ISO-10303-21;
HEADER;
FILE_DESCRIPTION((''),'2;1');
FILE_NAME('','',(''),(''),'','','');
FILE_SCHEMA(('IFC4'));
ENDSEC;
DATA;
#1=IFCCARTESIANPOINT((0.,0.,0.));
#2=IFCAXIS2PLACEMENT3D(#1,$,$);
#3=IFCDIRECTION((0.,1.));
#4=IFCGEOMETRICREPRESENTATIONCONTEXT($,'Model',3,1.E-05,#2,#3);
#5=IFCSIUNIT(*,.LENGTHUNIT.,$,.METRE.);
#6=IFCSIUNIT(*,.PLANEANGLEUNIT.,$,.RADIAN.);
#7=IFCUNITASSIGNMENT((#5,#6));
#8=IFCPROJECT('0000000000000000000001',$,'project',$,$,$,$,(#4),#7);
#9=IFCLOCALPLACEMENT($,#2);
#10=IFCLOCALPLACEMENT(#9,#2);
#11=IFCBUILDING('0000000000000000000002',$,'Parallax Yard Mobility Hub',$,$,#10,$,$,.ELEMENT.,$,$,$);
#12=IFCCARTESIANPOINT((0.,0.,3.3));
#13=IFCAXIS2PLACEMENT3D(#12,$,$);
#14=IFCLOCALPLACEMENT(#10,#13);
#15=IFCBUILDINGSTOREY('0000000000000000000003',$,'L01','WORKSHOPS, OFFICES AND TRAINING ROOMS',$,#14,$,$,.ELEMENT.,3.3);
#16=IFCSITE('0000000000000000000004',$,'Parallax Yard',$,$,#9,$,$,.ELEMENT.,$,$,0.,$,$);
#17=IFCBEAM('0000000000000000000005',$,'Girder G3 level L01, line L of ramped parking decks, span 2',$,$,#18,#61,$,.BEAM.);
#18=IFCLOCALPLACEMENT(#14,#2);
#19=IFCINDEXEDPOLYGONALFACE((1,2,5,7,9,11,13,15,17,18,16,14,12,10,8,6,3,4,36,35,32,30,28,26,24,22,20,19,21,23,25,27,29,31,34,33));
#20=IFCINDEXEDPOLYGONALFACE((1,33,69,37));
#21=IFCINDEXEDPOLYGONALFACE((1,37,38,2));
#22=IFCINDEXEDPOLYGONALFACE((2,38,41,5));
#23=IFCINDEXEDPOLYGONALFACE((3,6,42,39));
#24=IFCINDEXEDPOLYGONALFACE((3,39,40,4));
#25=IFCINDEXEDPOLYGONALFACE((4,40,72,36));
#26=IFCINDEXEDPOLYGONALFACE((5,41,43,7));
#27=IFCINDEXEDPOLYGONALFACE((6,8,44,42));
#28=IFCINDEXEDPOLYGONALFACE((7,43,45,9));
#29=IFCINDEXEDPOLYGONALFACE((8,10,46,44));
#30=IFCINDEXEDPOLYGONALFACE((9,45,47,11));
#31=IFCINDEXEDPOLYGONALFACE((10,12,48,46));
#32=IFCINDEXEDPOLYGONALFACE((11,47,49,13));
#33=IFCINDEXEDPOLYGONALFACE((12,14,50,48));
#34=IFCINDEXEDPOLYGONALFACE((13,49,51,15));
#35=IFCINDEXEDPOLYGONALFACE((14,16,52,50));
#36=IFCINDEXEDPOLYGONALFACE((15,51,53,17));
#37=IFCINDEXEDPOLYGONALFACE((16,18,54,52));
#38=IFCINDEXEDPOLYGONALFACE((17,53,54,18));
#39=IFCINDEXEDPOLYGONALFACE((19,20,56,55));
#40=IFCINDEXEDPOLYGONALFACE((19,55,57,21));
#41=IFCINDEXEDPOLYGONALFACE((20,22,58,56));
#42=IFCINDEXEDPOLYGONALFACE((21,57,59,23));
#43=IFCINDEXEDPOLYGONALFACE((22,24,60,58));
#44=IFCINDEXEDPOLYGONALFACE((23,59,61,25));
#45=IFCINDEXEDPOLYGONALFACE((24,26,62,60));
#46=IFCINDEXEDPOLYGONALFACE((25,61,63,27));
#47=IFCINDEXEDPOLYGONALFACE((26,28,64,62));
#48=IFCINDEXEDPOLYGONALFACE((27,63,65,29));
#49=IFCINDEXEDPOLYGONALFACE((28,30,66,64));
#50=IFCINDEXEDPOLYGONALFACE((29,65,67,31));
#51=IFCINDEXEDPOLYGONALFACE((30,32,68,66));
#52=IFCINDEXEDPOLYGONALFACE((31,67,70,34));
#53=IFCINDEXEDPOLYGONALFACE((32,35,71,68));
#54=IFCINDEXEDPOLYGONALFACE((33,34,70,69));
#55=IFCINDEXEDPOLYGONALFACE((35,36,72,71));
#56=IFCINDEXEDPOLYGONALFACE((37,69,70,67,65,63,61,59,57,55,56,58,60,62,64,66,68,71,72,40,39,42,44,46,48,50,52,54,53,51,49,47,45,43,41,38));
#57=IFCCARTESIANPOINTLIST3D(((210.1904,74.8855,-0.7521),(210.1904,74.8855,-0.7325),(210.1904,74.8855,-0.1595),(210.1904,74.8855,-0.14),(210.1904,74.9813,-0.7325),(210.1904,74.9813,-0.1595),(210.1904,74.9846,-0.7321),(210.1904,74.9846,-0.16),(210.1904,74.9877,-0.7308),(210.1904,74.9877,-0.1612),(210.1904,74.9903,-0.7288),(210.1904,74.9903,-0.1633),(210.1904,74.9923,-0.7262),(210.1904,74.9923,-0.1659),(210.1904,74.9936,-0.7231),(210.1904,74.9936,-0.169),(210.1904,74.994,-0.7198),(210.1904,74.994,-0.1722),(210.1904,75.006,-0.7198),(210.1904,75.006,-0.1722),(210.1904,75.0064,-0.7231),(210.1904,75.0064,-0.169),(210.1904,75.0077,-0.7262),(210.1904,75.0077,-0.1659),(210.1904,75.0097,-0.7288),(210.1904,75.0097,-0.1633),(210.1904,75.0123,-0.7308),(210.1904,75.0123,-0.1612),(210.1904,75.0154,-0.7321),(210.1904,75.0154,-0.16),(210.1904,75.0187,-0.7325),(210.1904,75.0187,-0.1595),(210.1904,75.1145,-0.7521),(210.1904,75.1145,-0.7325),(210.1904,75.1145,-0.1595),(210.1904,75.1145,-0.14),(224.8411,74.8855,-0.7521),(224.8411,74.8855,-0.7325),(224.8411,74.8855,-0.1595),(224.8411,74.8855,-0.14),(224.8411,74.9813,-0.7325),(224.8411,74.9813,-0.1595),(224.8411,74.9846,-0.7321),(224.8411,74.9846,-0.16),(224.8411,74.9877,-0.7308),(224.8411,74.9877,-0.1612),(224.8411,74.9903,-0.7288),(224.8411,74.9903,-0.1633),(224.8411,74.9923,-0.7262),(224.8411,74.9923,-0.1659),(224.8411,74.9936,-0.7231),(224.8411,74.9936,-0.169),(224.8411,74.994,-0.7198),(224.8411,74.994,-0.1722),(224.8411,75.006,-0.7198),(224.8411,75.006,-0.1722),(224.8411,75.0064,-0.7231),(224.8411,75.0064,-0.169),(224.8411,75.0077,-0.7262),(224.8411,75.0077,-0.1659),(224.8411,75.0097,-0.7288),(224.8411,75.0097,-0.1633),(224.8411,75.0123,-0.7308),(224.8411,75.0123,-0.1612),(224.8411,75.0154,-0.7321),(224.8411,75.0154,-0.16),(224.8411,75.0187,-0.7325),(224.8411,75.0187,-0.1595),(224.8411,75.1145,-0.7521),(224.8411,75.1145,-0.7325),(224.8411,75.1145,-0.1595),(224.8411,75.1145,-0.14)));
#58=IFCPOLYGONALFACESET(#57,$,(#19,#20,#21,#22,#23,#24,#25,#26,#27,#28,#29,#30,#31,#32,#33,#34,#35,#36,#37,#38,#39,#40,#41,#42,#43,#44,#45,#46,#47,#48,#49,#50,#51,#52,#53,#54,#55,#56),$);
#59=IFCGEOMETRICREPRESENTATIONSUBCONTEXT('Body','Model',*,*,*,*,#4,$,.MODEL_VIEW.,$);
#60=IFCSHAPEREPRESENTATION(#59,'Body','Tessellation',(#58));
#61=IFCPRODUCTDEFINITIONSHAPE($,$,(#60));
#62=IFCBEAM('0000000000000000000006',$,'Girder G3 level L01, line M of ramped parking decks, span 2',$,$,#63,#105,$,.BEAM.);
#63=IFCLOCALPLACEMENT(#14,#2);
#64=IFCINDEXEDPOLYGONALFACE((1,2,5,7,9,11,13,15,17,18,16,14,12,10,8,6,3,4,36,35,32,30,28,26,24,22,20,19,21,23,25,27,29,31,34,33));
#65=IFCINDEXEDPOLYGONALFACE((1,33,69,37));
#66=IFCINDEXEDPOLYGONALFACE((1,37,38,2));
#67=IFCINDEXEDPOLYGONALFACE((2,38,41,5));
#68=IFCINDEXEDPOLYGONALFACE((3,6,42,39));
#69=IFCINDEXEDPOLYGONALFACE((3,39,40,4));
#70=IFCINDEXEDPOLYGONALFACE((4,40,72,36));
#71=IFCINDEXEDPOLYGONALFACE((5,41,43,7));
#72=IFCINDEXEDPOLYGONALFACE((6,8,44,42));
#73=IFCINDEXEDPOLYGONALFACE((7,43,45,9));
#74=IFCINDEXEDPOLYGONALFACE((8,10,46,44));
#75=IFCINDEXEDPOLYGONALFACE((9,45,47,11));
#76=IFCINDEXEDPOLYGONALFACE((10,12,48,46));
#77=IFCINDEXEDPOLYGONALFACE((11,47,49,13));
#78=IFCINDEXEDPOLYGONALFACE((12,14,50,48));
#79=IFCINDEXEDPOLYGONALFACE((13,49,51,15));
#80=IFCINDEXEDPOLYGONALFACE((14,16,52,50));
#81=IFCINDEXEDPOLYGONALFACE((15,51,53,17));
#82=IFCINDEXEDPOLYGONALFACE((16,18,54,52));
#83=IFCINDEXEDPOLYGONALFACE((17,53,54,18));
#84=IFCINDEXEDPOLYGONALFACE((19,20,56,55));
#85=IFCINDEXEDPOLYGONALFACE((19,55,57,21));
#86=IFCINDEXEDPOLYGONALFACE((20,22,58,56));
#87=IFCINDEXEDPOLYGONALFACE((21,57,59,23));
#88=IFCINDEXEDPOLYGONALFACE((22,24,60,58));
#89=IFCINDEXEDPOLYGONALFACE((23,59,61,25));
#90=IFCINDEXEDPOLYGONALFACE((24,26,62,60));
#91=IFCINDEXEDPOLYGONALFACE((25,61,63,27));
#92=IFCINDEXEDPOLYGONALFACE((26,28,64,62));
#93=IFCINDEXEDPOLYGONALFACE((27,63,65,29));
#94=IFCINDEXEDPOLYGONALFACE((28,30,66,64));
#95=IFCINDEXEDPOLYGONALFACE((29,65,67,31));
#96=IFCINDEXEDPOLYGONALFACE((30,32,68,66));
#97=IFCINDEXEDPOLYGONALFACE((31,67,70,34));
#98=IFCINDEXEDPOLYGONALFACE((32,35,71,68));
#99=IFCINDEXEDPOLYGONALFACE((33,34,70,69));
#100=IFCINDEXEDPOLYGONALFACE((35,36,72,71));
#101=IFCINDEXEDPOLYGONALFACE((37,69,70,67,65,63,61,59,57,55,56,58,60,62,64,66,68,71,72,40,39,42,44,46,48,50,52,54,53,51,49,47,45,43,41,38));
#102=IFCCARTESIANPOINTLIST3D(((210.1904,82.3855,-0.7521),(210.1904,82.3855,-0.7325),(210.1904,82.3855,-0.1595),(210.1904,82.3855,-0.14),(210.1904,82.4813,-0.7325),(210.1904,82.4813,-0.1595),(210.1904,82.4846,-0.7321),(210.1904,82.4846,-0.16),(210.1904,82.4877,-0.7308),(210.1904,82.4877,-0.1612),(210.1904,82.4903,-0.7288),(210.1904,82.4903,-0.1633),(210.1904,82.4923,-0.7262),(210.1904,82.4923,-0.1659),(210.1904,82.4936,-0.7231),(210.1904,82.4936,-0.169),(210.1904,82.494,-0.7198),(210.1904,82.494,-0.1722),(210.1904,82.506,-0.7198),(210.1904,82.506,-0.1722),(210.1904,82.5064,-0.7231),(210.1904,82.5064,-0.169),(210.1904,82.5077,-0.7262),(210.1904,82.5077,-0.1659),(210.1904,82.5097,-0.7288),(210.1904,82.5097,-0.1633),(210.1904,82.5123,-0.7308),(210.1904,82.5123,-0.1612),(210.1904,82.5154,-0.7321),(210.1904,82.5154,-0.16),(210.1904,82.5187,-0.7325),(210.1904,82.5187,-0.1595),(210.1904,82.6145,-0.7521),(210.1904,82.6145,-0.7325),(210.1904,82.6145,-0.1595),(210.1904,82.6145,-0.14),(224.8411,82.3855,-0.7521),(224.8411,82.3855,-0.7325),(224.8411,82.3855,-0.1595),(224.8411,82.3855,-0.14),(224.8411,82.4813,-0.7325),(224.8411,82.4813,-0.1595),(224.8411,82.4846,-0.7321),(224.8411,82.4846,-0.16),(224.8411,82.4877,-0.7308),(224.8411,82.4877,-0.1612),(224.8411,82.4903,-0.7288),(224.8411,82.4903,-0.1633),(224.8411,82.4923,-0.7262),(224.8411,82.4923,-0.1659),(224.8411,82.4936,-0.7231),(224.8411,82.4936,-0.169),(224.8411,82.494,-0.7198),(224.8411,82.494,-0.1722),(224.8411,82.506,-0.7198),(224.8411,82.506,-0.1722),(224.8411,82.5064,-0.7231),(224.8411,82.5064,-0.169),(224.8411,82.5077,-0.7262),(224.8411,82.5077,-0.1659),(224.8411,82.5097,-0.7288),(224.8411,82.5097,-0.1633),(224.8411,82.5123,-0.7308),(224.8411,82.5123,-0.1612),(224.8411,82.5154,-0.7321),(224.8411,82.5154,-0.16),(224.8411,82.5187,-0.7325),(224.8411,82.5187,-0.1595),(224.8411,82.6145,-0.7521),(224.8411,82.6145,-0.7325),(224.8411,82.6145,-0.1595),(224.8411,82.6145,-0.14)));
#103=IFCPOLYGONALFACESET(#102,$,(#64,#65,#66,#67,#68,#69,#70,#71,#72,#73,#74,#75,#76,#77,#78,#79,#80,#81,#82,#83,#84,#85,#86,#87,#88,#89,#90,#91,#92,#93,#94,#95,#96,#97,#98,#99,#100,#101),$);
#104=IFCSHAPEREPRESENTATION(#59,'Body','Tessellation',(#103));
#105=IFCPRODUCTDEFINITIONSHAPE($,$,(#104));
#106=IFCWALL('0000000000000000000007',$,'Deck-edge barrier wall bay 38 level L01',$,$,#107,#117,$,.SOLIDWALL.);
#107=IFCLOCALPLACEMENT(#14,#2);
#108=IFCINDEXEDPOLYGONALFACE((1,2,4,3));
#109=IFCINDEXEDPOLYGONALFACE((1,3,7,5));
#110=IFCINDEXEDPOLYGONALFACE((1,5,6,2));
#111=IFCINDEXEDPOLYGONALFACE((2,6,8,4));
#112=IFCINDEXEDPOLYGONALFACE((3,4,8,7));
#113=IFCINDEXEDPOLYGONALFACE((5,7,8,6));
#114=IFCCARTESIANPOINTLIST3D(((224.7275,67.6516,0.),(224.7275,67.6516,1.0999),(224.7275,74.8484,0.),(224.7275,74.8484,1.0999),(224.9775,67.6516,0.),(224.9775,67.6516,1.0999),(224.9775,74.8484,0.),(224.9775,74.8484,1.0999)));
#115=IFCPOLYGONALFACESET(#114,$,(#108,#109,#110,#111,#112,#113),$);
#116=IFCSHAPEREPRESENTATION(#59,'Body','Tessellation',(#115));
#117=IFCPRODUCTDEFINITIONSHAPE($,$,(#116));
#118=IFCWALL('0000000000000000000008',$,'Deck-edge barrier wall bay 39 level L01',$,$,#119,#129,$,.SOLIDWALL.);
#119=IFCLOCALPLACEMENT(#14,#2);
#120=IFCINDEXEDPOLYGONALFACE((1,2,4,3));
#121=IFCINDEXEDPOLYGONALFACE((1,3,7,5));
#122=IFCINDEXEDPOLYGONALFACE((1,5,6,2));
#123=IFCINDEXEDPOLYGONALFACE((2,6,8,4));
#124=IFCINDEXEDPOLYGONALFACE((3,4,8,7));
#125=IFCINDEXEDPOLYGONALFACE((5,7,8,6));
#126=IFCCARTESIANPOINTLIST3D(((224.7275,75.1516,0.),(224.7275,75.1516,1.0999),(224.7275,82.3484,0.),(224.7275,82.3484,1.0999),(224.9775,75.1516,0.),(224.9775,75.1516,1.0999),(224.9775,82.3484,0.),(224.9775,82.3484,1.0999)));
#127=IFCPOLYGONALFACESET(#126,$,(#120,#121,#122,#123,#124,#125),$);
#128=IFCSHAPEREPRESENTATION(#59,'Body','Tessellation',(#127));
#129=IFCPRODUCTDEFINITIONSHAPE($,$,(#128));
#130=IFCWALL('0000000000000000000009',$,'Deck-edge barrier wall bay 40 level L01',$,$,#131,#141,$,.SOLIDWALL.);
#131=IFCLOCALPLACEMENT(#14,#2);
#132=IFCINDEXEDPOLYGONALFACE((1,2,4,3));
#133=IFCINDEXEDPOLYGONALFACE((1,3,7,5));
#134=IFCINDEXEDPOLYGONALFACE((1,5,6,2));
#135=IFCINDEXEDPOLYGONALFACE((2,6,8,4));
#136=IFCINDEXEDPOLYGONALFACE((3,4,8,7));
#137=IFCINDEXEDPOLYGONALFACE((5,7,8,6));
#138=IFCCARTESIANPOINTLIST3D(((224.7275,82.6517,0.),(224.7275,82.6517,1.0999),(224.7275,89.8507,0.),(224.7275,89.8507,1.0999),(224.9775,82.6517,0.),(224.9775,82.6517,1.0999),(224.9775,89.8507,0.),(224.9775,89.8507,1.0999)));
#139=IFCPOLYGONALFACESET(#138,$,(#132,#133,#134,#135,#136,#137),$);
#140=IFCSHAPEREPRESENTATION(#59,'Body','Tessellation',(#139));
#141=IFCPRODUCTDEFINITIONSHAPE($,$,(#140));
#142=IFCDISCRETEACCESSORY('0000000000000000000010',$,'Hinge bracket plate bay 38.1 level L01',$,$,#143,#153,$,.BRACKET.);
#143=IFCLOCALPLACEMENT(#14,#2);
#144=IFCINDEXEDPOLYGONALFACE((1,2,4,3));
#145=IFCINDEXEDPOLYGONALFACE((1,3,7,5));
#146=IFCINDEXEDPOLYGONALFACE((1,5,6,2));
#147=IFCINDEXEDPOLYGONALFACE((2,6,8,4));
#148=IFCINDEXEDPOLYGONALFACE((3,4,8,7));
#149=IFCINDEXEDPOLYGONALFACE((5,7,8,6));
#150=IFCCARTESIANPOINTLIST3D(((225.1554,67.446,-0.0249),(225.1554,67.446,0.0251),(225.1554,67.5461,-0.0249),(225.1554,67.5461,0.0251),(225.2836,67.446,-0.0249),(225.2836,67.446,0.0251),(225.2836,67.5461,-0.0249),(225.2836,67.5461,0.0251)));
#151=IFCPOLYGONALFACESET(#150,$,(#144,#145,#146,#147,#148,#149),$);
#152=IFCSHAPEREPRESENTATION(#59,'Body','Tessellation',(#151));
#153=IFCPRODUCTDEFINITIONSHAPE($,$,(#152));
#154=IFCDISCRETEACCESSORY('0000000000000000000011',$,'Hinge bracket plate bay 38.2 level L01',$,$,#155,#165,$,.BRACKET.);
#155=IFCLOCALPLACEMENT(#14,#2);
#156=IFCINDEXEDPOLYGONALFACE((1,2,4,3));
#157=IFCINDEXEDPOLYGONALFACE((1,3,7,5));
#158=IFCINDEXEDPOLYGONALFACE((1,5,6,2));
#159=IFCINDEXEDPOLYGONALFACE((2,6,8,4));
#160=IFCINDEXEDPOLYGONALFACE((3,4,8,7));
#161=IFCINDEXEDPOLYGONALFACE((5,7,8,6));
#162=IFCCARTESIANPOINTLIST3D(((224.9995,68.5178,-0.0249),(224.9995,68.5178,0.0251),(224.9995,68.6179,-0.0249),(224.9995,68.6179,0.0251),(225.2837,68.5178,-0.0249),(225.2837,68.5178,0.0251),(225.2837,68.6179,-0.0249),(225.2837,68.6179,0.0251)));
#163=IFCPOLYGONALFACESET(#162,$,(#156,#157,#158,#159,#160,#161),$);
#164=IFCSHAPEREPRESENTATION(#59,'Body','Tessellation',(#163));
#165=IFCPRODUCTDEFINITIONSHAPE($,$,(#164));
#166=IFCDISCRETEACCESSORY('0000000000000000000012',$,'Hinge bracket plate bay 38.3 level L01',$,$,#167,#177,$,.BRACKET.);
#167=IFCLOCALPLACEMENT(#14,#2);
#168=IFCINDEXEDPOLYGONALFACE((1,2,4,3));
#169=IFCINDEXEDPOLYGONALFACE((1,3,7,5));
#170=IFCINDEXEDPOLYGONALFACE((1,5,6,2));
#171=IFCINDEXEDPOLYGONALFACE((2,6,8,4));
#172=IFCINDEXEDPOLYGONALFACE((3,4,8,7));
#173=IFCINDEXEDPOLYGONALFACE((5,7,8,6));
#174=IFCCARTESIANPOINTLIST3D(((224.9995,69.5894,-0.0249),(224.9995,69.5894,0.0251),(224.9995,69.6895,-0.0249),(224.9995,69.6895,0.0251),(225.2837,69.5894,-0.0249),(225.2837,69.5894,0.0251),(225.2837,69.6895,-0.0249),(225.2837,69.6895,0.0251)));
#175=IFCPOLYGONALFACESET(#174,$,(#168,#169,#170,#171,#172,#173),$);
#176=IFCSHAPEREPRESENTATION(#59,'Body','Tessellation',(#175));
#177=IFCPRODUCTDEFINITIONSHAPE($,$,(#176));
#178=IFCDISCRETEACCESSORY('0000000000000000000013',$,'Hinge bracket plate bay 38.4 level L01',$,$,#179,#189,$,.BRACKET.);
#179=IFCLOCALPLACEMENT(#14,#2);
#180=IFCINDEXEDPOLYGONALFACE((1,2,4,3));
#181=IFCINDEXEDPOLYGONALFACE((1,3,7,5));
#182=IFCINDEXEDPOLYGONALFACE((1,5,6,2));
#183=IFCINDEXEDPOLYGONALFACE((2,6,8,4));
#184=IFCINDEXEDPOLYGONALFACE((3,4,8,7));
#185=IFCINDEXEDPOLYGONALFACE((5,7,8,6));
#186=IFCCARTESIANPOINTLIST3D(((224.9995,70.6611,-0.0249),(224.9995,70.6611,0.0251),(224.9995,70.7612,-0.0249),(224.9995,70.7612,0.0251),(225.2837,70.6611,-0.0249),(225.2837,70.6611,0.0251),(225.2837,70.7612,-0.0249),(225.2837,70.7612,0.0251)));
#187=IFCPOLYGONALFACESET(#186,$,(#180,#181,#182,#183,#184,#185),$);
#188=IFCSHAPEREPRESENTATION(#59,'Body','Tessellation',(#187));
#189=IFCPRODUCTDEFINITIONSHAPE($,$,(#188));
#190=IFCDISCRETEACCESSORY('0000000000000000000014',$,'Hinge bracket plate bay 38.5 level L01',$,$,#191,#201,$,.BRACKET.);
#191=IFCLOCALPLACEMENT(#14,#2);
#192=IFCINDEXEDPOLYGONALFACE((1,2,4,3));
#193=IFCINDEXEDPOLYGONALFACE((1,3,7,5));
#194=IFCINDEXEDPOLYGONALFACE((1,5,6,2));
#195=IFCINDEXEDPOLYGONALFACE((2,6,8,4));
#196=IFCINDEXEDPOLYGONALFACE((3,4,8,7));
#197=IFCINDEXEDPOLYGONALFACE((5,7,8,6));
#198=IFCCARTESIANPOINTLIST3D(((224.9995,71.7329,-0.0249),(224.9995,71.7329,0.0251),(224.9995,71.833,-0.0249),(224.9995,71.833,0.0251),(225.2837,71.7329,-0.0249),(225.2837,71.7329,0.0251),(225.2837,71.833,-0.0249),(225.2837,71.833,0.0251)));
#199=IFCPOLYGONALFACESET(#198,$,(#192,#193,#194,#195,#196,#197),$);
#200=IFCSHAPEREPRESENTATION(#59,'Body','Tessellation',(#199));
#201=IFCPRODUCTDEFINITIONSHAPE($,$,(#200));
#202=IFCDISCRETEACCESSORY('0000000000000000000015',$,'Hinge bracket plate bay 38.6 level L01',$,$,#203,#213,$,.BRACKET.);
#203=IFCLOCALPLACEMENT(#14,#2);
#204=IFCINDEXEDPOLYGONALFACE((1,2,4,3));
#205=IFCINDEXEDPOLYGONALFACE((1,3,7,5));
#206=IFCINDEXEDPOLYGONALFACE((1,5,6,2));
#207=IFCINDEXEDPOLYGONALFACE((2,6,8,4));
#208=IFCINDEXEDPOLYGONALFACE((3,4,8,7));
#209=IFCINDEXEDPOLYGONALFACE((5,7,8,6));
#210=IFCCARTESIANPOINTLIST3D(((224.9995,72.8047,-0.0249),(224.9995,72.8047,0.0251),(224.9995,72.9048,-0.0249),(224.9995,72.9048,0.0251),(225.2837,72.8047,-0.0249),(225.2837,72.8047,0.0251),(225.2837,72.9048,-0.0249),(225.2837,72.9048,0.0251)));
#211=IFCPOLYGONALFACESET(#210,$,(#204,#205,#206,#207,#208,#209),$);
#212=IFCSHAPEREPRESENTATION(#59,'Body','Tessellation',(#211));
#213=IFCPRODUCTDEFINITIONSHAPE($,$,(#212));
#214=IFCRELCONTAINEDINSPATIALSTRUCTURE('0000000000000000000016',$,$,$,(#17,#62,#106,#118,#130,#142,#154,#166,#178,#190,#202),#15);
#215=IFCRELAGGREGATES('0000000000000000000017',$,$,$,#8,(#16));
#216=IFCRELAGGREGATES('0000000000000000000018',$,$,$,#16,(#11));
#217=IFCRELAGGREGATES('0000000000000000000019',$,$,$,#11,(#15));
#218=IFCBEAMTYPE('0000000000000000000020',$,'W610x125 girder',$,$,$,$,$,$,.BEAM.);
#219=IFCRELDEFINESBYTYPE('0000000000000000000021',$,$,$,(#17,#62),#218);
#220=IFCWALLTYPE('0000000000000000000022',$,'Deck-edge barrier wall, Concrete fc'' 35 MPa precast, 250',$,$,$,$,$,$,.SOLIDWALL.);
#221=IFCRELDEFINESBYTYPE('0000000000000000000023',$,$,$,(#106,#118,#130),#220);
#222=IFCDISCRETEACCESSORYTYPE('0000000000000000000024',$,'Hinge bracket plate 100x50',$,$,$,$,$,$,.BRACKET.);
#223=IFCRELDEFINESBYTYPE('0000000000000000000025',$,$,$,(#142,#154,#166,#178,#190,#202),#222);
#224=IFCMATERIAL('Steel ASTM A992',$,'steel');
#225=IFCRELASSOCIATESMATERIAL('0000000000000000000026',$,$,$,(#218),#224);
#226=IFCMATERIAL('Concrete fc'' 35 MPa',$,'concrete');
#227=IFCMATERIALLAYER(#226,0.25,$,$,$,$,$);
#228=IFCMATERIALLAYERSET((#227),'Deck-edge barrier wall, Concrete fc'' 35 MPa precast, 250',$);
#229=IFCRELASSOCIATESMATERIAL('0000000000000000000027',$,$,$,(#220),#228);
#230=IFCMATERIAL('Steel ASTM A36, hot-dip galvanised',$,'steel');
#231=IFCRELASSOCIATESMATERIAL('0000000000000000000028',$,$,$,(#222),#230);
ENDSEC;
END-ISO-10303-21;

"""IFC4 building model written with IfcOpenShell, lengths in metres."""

from ifc_helpers import new_model, si_unit, direction, frame, frame_2d, origin, origin_2d, place, context, subcontext, project, spatial, rectangle, i_section, extrude, material, layer, layer_set, material_profile, profile_set, type_object, element, save


model = new_model("IFC4")

# Units and contexts
model_context = context("Model", 3, precision=1e-05, world=origin(), true_north=direction((0.0, 1.0)))
body_context = subcontext(model_context, "Body", "Model", "MODEL_VIEW")
ifc_project = project(units=[si_unit("LENGTHUNIT", "METRE"), si_unit("PLANEANGLEUNIT", "RADIAN")], contexts=[model_context])

# Site, building, storey
site_placement = place(None, origin())
site = spatial("IfcSite", under=ifc_project, at=site_placement, Name="Parallax Yard", CompositionType="ELEMENT", RefElevation=0.0)
building_placement = place(site_placement, origin())
building = spatial("IfcBuilding", under=site, at=building_placement, Name="Parallax Yard Mobility Hub", CompositionType="ELEMENT")
storey_placement = place(building_placement, frame((0.0, 0.0, 3.3)))
storey = spatial("IfcBuildingStorey", under=building, at=storey_placement, Name="L01", Description="WORKSHOPS, OFFICES AND TRAINING ROOMS", CompositionType="ELEMENT", Elevation=3.3)

# Shared definitions
ifc_material_1 = material(Name="Steel ASTM A992", Category="steel")

# Beams
ifc_material_profile_1 = material_profile(ifc_material_1, i_section(OverallWidth=0.229, OverallDepth=0.6121, WebThickness=0.012, FlangeThickness=0.0195, FilletRadius=0.0127, at=origin_2d()), Name="W610x125")
ifc_profile_set_1 = profile_set([ifc_material_profile_1], Name="Steel ASTM A992")
beam_type_1 = type_object("IfcBeamType", Name="W610x125 girder", PredefinedType="BEAM", material=ifc_profile_set_1)
for number, where, z_axis, x_axis, name in (
    (1, (210.1904, 75.0, -0.446), (1.0, 0.0, 0.0), (0.0, 1.0, 0.0), "Girder G3 level L01, line L of ramped parking decks, span 2"),
    (2, (210.1904, 82.5, -0.446), (1.0, 0.0, 0.0), (0.0, 1.0, 0.0), "Girder G3 level L01, line M of ramped parking decks, span 2"),
):
    element("IfcBeam", number, at=place(storey_placement, frame(where, z_axis=z_axis, x_axis=x_axis)), inside=storey, type_object=beam_type_1, Name=name, PredefinedType="BEAM", context=body_context, shape_type="SweptSolid", body=[
        extrude(i_section(OverallWidth=0.229, OverallDepth=0.6121, WebThickness=0.012, FlangeThickness=0.0195, FilletRadius=0.0127, at=origin_2d()), origin(), (0.0, 0.0, 1.0), 14.6506),
    ])

# Walls
ifc_material_2 = material(Name="Concrete fc' 35 MPa", Category="concrete")
ifc_layer = layer(ifc_material_2, 0.25)
ifc_layer_set = layer_set([ifc_layer], Name="Deck-edge barrier wall, Concrete fc' 35 MPa precast, 250")
wall_type = type_object("IfcWallType", Name="Deck-edge barrier wall, Concrete fc' 35 MPa precast, 250", PredefinedType="SOLIDWALL", material=ifc_layer_set)
for number, where, z_axis, x_axis, name in (
    (3, (224.8525, 67.6516, 0.0), (0.0, 0.0, 1.0), (0.0, 1.0, 0.0), "Deck-edge barrier wall bay 38 level L01"),
    (4, (224.8525, 75.1516, 0.0), (0.0, 0.0, 1.0), (0.0, 1.0, 0.0), "Deck-edge barrier wall bay 39 level L01"),
):
    element("IfcWall", number, at=place(storey_placement, frame(where, z_axis=z_axis, x_axis=x_axis)), inside=storey, type_object=wall_type, Name=name, PredefinedType="SOLIDWALL", context=body_context, shape_type="SweptSolid", body=[
        extrude(rectangle(XDim=7.1968, YDim=0.25, at=frame_2d((3.5984, 0.0))), origin(), (0.0, 0.0, 1.0), 1.0999),
    ])
wall_placement = place(storey_placement, frame((224.8525, 82.6516, 0.0), z_axis=(0.0, 0.0, 1.0), x_axis=(0.0, 1.0, 0.0)))
element("IfcWall", 5, at=wall_placement, inside=storey, type_object=wall_type, Name="Deck-edge barrier wall bay 40 level L01", PredefinedType="SOLIDWALL", context=body_context, shape_type="SweptSolid", body=[
    extrude(rectangle(XDim=7.199, YDim=0.25, at=frame_2d((3.5996, 0.0))), origin(), (0.0, 0.0, 1.0), 1.0999),
])

# Discrete accessories
ifc_material_3 = material(Name="Steel ASTM A36, hot-dip galvanised", Category="steel")
discrete_accessory_type_1 = type_object("IfcDiscreteAccessoryType", Name="Hinge bracket plate 100x50", PredefinedType="BRACKET", material=ifc_material_3)
discrete_accessory_1_placement = place(storey_placement, frame((225.2195, 67.4961, -0.0249), z_axis=(0.0, 0.0, 1.0), x_axis=(1.0, 0.0, 0.0)))
element("IfcDiscreteAccessory", 6, at=discrete_accessory_1_placement, inside=storey, type_object=discrete_accessory_type_1, Name="Hinge bracket plate bay 38.1 level L01", PredefinedType="BRACKET", context=body_context, shape_type="SweptSolid", body=[
    extrude(rectangle(XDim=0.1282, YDim=0.1001, at=origin_2d()), origin(), (0.0, 0.0, 1.0), 0.05),
])
for number, where, z_axis, x_axis, name in (
    (7, (225.1416, 68.5679, -0.0249), (0.0, 0.0, 1.0), (1.0, 0.0, 0.0), "Hinge bracket plate bay 38.2 level L01"),
    (8, (225.1416, 69.6394, -0.0249), (0.0, 0.0, 1.0), (1.0, 0.0, 0.0), "Hinge bracket plate bay 38.3 level L01"),
    (9, (225.1416, 70.7112, -0.0249), (0.0, 0.0, 1.0), (1.0, 0.0, 0.0), "Hinge bracket plate bay 38.4 level L01"),
    (10, (225.1416, 71.783, -0.0249), (0.0, 0.0, 1.0), (1.0, 0.0, 0.0), "Hinge bracket plate bay 38.5 level L01"),
    (11, (225.1416, 72.8547, -0.0249), (0.0, 0.0, 1.0), (1.0, 0.0, 0.0), "Hinge bracket plate bay 38.6 level L01"),
):
    element("IfcDiscreteAccessory", number, at=place(storey_placement, frame(where, z_axis=z_axis, x_axis=x_axis)), inside=storey, type_object=discrete_accessory_type_1, Name=name, PredefinedType="BRACKET", context=body_context, shape_type="SweptSolid", body=[
        extrude(rectangle(XDim=0.2842, YDim=0.1001, at=origin_2d()), origin(), (0.0, 0.0, 1.0), 0.05),
    ])

save(model, "model.ifc")
